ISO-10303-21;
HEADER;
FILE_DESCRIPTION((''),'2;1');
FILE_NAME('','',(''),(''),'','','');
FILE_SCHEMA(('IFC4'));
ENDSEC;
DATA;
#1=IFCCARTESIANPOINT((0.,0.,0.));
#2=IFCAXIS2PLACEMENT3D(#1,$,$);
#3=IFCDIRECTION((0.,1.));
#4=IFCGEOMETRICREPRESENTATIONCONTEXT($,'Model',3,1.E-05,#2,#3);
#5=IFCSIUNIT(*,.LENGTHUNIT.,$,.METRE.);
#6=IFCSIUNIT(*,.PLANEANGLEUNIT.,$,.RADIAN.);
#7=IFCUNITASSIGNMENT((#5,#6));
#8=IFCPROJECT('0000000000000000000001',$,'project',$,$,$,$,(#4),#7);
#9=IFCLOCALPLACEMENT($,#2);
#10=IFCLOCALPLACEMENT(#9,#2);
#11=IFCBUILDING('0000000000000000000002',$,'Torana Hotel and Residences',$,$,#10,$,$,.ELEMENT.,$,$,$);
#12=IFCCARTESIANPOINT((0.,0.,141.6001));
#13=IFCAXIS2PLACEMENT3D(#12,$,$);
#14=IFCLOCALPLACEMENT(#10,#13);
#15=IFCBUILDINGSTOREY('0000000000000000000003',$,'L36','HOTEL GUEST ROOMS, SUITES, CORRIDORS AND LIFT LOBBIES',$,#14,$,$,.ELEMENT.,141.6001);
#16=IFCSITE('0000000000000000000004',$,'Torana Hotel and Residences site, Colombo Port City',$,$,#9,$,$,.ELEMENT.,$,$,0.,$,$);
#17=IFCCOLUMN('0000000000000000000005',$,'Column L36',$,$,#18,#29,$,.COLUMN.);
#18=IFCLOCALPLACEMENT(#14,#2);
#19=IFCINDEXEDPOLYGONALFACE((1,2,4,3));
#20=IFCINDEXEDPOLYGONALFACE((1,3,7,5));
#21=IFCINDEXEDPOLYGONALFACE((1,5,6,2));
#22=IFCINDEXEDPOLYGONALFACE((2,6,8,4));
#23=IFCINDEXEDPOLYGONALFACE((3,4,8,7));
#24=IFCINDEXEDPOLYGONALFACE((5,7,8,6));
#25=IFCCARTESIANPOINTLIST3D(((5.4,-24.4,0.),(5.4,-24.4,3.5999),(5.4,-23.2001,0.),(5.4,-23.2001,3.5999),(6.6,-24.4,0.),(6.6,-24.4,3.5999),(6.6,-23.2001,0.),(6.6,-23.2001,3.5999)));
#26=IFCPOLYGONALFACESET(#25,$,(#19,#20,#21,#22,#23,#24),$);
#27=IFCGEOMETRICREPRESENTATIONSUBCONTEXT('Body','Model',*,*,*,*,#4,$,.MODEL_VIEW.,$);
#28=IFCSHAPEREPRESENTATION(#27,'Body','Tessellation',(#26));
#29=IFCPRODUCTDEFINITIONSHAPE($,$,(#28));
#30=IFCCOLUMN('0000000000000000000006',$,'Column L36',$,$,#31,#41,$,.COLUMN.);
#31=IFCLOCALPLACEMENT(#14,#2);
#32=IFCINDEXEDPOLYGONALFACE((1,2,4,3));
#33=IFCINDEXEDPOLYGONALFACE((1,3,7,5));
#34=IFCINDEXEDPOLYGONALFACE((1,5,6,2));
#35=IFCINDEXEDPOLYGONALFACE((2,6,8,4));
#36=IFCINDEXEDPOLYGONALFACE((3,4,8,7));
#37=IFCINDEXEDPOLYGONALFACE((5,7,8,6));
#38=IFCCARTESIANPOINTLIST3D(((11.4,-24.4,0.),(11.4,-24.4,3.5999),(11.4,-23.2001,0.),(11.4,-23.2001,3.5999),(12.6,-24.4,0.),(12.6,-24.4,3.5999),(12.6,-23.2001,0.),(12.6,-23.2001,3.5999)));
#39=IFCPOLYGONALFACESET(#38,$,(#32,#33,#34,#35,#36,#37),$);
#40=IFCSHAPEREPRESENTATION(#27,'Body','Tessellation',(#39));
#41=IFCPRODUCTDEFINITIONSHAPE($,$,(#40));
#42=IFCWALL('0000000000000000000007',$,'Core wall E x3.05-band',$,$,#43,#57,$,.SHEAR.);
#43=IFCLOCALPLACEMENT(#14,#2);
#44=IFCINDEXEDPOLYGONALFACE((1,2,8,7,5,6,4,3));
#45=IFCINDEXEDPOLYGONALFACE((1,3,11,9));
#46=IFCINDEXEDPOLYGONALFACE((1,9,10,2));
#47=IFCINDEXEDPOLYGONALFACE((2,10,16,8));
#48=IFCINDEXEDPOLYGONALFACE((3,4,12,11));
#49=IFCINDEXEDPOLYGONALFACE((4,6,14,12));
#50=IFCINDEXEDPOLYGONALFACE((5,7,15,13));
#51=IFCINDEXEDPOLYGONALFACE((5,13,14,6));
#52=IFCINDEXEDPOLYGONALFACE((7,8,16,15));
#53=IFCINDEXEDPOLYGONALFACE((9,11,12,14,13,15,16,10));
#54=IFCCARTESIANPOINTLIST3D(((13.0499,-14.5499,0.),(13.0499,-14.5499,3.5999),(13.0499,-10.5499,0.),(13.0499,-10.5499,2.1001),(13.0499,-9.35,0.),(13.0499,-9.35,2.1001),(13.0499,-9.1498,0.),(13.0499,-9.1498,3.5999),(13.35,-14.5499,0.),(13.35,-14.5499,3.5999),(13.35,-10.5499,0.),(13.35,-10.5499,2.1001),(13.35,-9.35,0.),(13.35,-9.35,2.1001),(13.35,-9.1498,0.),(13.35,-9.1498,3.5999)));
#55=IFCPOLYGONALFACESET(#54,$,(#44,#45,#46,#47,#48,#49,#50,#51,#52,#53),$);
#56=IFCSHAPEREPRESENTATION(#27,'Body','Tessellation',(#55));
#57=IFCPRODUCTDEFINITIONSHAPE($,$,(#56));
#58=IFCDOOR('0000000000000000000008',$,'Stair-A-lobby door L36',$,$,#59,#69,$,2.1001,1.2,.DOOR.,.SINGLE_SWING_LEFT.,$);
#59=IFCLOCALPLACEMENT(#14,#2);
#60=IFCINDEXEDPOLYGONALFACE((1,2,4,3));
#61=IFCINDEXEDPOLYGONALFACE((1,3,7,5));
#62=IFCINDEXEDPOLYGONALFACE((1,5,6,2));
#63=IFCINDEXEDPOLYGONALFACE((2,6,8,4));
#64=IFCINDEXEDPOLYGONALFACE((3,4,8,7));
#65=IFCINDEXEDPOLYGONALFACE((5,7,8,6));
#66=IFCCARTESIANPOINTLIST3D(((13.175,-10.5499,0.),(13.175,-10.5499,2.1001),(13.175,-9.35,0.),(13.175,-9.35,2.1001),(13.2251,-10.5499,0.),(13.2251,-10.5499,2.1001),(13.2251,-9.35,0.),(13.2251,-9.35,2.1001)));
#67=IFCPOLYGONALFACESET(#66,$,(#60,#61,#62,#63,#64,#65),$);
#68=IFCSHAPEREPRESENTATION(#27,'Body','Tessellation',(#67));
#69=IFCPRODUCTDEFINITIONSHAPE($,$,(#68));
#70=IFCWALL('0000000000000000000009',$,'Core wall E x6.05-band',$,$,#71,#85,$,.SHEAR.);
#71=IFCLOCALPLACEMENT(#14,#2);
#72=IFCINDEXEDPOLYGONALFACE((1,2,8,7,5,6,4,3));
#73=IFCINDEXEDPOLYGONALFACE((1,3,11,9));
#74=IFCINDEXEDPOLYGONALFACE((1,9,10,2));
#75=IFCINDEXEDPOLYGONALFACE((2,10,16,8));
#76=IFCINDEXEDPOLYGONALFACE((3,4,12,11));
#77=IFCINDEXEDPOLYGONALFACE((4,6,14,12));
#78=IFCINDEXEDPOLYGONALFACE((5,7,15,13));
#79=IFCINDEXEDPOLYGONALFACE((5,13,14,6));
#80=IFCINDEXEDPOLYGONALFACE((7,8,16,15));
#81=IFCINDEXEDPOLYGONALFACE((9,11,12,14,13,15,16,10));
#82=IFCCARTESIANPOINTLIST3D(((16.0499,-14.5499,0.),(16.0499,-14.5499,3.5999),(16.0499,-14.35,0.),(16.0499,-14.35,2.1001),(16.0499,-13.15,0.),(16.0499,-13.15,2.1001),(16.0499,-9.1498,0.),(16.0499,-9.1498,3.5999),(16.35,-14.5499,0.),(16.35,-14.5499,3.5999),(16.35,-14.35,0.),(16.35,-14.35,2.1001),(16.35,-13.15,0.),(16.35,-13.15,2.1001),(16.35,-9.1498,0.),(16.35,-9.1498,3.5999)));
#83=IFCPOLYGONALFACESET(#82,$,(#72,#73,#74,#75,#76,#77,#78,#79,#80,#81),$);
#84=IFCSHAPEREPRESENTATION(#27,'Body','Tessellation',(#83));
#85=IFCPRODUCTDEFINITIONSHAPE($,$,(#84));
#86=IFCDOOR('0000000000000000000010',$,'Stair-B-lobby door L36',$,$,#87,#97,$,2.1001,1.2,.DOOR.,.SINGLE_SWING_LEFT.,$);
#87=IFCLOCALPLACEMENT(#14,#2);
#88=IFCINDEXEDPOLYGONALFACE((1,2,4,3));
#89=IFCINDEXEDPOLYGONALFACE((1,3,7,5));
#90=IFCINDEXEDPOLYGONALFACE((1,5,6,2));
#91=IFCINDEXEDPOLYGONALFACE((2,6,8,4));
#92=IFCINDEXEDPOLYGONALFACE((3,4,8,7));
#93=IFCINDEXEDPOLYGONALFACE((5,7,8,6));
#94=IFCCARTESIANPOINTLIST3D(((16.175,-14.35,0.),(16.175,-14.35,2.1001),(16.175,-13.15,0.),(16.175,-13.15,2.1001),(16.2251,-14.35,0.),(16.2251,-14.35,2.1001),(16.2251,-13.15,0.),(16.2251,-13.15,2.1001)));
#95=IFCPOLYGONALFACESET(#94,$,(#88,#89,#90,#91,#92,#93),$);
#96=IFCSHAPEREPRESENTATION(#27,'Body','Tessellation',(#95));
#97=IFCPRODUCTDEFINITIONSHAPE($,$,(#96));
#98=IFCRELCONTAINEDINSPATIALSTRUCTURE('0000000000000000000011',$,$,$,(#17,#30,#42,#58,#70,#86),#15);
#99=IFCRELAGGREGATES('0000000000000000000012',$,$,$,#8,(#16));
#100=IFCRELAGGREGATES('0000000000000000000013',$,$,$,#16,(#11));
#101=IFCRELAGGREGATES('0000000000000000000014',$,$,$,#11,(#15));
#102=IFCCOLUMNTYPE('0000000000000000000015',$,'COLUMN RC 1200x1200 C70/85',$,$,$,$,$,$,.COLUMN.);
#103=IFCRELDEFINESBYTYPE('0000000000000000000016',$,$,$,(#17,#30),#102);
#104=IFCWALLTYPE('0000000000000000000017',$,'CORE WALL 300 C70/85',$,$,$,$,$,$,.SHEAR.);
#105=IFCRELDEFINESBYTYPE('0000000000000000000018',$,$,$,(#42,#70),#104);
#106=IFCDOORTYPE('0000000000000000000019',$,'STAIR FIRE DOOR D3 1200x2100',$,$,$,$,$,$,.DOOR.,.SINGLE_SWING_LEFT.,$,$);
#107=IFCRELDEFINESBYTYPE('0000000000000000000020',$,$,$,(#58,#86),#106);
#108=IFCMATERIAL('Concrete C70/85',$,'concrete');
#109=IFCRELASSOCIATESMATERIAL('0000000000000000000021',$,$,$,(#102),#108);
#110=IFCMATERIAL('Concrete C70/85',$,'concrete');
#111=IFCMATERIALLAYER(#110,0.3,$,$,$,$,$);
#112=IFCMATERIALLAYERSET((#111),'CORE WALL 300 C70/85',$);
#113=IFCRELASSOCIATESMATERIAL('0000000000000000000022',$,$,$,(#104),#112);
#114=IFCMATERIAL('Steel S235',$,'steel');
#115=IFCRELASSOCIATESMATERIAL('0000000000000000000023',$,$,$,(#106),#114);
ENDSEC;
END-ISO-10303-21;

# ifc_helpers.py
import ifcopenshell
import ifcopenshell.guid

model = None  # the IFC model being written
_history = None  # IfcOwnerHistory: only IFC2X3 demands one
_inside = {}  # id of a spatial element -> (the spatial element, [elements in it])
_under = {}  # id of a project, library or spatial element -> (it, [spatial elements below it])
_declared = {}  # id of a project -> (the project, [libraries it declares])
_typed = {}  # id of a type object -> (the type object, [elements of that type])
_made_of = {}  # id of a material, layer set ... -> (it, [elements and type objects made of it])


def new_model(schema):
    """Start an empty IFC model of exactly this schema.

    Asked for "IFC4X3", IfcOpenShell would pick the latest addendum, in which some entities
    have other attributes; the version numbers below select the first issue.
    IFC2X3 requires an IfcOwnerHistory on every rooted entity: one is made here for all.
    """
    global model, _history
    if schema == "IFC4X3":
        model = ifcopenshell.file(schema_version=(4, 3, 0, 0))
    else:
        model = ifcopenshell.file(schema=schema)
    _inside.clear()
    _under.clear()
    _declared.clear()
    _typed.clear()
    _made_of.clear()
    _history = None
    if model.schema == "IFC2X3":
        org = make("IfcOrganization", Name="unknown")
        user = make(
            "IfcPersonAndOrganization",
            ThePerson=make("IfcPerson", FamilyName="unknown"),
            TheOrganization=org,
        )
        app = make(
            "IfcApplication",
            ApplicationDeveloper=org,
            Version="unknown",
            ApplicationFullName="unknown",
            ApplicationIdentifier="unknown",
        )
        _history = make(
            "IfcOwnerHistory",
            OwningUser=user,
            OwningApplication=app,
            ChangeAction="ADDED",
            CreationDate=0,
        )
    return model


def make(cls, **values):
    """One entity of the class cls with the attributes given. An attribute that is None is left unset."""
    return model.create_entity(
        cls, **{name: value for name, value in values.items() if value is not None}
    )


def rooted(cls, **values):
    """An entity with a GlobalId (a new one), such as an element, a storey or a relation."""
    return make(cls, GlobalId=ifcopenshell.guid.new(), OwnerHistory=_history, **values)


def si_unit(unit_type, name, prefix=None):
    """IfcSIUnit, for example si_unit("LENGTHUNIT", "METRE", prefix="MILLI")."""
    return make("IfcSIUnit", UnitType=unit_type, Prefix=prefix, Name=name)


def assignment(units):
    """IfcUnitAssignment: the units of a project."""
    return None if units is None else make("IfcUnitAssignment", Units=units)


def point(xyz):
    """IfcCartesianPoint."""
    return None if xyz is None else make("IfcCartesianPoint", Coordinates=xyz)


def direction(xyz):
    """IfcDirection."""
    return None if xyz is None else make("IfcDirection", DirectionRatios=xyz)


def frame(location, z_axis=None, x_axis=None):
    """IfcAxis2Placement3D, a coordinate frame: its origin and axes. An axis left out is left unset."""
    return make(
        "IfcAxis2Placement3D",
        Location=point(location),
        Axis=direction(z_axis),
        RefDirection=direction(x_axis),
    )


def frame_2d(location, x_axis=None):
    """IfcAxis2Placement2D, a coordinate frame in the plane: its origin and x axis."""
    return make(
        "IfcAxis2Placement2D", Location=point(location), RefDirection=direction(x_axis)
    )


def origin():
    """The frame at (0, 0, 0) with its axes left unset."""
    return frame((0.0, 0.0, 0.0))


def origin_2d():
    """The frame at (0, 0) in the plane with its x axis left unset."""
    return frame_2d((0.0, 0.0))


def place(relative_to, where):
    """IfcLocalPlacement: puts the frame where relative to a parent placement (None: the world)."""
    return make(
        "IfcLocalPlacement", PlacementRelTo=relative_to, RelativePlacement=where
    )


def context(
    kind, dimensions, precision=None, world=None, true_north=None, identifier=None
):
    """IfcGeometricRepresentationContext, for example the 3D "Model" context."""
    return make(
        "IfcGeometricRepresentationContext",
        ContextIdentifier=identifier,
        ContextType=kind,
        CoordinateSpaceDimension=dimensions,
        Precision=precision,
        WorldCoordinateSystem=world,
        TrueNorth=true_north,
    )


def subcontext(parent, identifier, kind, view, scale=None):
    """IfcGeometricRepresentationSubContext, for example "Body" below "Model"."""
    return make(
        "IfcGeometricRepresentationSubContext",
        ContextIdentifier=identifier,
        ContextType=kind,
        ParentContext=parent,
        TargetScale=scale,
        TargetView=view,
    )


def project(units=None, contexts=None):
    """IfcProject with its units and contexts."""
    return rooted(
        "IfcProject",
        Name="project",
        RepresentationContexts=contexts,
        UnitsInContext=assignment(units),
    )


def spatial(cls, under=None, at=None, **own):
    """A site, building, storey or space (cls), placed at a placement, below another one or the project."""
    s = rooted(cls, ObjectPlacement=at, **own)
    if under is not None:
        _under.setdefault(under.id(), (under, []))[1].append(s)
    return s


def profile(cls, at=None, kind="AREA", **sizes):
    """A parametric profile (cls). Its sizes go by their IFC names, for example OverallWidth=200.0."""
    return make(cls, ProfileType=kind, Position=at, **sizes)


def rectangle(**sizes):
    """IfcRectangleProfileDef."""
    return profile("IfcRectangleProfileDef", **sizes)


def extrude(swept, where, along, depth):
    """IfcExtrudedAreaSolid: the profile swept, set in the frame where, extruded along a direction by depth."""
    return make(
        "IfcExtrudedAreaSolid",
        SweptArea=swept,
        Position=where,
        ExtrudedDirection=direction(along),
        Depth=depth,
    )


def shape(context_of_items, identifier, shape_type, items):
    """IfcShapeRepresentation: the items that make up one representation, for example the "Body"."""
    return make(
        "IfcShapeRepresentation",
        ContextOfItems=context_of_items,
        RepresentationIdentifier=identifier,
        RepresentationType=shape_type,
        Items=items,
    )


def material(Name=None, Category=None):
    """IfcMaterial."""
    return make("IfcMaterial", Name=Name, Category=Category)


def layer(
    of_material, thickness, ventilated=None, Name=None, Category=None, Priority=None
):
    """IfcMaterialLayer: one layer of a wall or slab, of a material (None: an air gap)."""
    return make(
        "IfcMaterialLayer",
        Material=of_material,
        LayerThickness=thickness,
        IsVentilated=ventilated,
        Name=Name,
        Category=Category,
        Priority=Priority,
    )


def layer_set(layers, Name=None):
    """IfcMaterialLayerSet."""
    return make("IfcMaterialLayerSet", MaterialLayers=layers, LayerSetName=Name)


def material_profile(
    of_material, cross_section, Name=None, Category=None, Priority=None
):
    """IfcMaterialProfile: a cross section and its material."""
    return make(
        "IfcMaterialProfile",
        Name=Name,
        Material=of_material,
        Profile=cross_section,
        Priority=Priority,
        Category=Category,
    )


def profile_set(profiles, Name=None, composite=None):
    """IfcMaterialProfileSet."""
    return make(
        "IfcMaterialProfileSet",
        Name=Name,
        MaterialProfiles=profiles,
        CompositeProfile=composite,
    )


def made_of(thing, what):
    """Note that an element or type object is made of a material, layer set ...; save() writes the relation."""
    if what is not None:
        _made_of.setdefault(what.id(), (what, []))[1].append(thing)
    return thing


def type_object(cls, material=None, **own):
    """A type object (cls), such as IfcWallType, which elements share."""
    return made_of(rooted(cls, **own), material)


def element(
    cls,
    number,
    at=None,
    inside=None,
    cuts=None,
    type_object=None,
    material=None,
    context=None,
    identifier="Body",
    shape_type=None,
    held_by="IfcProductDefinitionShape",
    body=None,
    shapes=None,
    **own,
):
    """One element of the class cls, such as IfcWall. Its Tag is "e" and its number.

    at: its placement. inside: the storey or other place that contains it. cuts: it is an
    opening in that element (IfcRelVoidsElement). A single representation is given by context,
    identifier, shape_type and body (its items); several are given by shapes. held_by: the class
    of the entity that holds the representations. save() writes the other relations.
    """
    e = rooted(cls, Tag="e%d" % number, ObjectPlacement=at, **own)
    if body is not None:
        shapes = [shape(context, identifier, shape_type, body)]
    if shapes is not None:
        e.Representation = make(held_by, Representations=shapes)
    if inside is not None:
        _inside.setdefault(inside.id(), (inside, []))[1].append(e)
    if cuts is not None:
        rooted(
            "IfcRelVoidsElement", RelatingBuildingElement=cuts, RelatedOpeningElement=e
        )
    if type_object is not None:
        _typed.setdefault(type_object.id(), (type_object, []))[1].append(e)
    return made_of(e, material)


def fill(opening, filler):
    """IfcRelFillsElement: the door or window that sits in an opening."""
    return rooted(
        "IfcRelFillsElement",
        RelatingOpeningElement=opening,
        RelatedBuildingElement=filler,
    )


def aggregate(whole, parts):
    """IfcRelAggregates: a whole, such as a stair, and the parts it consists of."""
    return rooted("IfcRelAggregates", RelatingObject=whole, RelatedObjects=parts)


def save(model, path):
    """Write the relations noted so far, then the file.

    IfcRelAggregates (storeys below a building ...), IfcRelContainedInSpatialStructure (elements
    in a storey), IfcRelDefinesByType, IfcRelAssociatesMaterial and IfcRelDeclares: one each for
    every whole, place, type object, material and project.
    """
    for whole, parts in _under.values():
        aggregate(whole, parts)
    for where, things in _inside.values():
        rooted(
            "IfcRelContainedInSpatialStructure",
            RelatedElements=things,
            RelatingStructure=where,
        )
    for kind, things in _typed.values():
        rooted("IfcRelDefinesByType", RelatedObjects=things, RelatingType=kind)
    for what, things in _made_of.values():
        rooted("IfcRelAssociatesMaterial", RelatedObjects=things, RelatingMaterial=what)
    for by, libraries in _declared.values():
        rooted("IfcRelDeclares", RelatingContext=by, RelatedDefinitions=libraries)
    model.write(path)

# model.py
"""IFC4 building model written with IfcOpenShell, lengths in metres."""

from ifc_helpers import new_model, si_unit, direction, frame, frame_2d, origin, origin_2d, place, context, subcontext, project, spatial, rectangle, extrude, material, layer, layer_set, material_profile, profile_set, type_object, element, fill, save


model = new_model("IFC4")

# Units and contexts
model_context = context("Model", 3, precision=1e-05, world=origin(), true_north=direction((0.0, 1.0)))
body_context = subcontext(model_context, "Body", "Model", "MODEL_VIEW")
ifc_project = project(units=[si_unit("LENGTHUNIT", "METRE"), si_unit("PLANEANGLEUNIT", "RADIAN")], contexts=[model_context])

# Site, building, storey
site_placement = place(None, origin())
site = spatial("IfcSite", under=ifc_project, at=site_placement, Name="Torana Hotel and Residences site, Colombo Port City", CompositionType="ELEMENT", RefElevation=0.0)
building_placement = place(site_placement, origin())
building = spatial("IfcBuilding", under=site, at=building_placement, Name="Torana Hotel and Residences", CompositionType="ELEMENT")
storey_placement = place(building_placement, frame((0.0, 0.0, 141.6001)))
storey = spatial("IfcBuildingStorey", under=building, at=storey_placement, Name="L36", Description="HOTEL GUEST ROOMS, SUITES, CORRIDORS AND LIFT LOBBIES", CompositionType="ELEMENT", Elevation=141.6001)

# Columns
ifc_material_1 = material(Name="Concrete C70/85", Category="concrete")
ifc_material_profile = material_profile(ifc_material_1, rectangle(XDim=1.2, YDim=1.2, at=origin_2d()), Name="RC 1200x1200")
ifc_profile_set = profile_set([ifc_material_profile], Name="Concrete C70/85")
column_type = type_object("IfcColumnType", Name="COLUMN RC 1200x1200 C70/85", PredefinedType="COLUMN", material=ifc_profile_set)
for number, where, z_axis, x_axis, name in (
    (1, (6.0, -23.8, 0.0), (0.0, 0.0, 1.0), (1.0, 0.0, 0.0), "Column L36"),
    (2, (12.0, -23.8, 0.0), (0.0, 0.0, 1.0), (1.0, 0.0, 0.0), "Column L36"),
):
    element("IfcColumn", number, at=place(storey_placement, frame(where, z_axis=z_axis, x_axis=x_axis)), inside=storey, type_object=column_type, Name=name, PredefinedType="COLUMN", context=body_context, shape_type="SweptSolid", body=[
        extrude(rectangle(XDim=1.2, YDim=1.2, at=origin_2d()), origin(), (0.0, 0.0, 1.0), 3.5999),
    ])

# Walls, openings, doors
ifc_material_2 = material(Name="Concrete C70/85", Category="concrete")
ifc_layer_1 = layer(ifc_material_2, 0.3)
ifc_layer_set_1 = layer_set([ifc_layer_1], Name="CORE WALL 300 C70/85")
wall_type_1 = type_object("IfcWallType", Name="CORE WALL 300 C70/85", PredefinedType="SHEAR", material=ifc_layer_set_1)
wall_1_placement = place(storey_placement, frame((13.2, -14.55, 0.0), z_axis=(0.0, 0.0, 1.0), x_axis=(0.0, 1.0, 0.0)))
wall_1 = element("IfcWall", 3, at=wall_1_placement, inside=storey, type_object=wall_type_1, Name="Core wall E x3.05-band", PredefinedType="SHEAR", context=body_context, shape_type="SweptSolid", body=[
    extrude(rectangle(XDim=5.4001, YDim=0.3, at=frame_2d((2.7002, 0.0))), origin(), (0.0, 0.0, 1.0), 3.5999),
])
opening_1_placement = place(wall_1_placement, frame((4.0, 0.0, 0.0)))
opening_1 = element("IfcOpeningElement", 4, at=opening_1_placement, cuts=wall_1, PredefinedType="OPENING", context=body_context, shape_type="SweptSolid", body=[
    extrude(rectangle(XDim=1.2, YDim=2.1001, at=frame_2d((0.6001, 1.05))), frame((0.0, 0.1599, 0.0), z_axis=(0.0, -1.0, 0.0), x_axis=(1.0, 0.0, 0.0)), (0.0, 0.0, 1.0), 0.3201),
])
ifc_material_3 = material(Name="Steel S235", Category="steel")
door_type_1 = type_object("IfcDoorType", Name="STAIR FIRE DOOR D3 1200x2100", OperationType="SINGLE_SWING_LEFT", PredefinedType="DOOR", material=ifc_material_3)
door_1_placement = place(opening_1_placement, origin())
door_1 = element("IfcDoor", 5, at=door_1_placement, inside=storey, type_object=door_type_1, Name="Stair-A-lobby door L36", OperationType="SINGLE_SWING_LEFT", OverallHeight=2.1001, OverallWidth=1.2, PredefinedType="DOOR", context=body_context, shape_type="SweptSolid", body=[
    extrude(rectangle(XDim=1.2, YDim=2.1001, at=frame_2d((0.6001, 1.05))), frame((0.0, 0.0249, 0.0), z_axis=(0.0, -1.0, 0.0), x_axis=(1.0, 0.0, 0.0)), (0.0, 0.0, 1.0), 0.05),
])
fill(opening_1, door_1)
wall_2_placement = place(storey_placement, frame((16.2, -14.55, 0.0), z_axis=(0.0, 0.0, 1.0), x_axis=(0.0, 1.0, 0.0)))
wall_2 = element("IfcWall", 6, at=wall_2_placement, inside=storey, type_object=wall_type_1, Name="Core wall E x6.05-band", PredefinedType="SHEAR", context=body_context, shape_type="SweptSolid", body=[
    extrude(rectangle(XDim=5.4001, YDim=0.3, at=frame_2d((2.7002, 0.0))), origin(), (0.0, 0.0, 1.0), 3.5999),
])
opening_2_placement = place(wall_2_placement, frame((0.2, 0.0, 0.0)))
opening_2 = element("IfcOpeningElement", 7, at=opening_2_placement, cuts=wall_2, PredefinedType="OPENING", context=body_context, shape_type="SweptSolid", body=[
    extrude(rectangle(XDim=1.2, YDim=2.1001, at=frame_2d((0.6001, 1.05))), frame((0.0, 0.1599, 0.0), z_axis=(0.0, -1.0, 0.0), x_axis=(1.0, 0.0, 0.0)), (0.0, 0.0, 1.0), 0.3201),
])
door_2_placement = place(opening_2_placement, frame((0.6001, 0.0, 0.0), z_axis=(0.0, 0.0, 1.0), x_axis=(-1.0, 0.0, 0.0)))
door_2 = element("IfcDoor", 8, at=door_2_placement, inside=storey, type_object=door_type_1, Name="Stair-B-lobby door L36", OperationType="SINGLE_SWING_LEFT", OverallHeight=2.1001, OverallWidth=1.2, PredefinedType="DOOR", context=body_context, shape_type="SweptSolid", body=[
    extrude(rectangle(XDim=1.2, YDim=2.1001, at=frame_2d((0.0, 1.05))), frame((0.0, -0.0249, 0.0), z_axis=(0.0, 1.0, 0.0), x_axis=(-1.0, 0.0, 0.0)), (0.0, 0.0, 1.0), 0.05),
])
fill(opening_2, door_2)

save(model, "model.ifc")
